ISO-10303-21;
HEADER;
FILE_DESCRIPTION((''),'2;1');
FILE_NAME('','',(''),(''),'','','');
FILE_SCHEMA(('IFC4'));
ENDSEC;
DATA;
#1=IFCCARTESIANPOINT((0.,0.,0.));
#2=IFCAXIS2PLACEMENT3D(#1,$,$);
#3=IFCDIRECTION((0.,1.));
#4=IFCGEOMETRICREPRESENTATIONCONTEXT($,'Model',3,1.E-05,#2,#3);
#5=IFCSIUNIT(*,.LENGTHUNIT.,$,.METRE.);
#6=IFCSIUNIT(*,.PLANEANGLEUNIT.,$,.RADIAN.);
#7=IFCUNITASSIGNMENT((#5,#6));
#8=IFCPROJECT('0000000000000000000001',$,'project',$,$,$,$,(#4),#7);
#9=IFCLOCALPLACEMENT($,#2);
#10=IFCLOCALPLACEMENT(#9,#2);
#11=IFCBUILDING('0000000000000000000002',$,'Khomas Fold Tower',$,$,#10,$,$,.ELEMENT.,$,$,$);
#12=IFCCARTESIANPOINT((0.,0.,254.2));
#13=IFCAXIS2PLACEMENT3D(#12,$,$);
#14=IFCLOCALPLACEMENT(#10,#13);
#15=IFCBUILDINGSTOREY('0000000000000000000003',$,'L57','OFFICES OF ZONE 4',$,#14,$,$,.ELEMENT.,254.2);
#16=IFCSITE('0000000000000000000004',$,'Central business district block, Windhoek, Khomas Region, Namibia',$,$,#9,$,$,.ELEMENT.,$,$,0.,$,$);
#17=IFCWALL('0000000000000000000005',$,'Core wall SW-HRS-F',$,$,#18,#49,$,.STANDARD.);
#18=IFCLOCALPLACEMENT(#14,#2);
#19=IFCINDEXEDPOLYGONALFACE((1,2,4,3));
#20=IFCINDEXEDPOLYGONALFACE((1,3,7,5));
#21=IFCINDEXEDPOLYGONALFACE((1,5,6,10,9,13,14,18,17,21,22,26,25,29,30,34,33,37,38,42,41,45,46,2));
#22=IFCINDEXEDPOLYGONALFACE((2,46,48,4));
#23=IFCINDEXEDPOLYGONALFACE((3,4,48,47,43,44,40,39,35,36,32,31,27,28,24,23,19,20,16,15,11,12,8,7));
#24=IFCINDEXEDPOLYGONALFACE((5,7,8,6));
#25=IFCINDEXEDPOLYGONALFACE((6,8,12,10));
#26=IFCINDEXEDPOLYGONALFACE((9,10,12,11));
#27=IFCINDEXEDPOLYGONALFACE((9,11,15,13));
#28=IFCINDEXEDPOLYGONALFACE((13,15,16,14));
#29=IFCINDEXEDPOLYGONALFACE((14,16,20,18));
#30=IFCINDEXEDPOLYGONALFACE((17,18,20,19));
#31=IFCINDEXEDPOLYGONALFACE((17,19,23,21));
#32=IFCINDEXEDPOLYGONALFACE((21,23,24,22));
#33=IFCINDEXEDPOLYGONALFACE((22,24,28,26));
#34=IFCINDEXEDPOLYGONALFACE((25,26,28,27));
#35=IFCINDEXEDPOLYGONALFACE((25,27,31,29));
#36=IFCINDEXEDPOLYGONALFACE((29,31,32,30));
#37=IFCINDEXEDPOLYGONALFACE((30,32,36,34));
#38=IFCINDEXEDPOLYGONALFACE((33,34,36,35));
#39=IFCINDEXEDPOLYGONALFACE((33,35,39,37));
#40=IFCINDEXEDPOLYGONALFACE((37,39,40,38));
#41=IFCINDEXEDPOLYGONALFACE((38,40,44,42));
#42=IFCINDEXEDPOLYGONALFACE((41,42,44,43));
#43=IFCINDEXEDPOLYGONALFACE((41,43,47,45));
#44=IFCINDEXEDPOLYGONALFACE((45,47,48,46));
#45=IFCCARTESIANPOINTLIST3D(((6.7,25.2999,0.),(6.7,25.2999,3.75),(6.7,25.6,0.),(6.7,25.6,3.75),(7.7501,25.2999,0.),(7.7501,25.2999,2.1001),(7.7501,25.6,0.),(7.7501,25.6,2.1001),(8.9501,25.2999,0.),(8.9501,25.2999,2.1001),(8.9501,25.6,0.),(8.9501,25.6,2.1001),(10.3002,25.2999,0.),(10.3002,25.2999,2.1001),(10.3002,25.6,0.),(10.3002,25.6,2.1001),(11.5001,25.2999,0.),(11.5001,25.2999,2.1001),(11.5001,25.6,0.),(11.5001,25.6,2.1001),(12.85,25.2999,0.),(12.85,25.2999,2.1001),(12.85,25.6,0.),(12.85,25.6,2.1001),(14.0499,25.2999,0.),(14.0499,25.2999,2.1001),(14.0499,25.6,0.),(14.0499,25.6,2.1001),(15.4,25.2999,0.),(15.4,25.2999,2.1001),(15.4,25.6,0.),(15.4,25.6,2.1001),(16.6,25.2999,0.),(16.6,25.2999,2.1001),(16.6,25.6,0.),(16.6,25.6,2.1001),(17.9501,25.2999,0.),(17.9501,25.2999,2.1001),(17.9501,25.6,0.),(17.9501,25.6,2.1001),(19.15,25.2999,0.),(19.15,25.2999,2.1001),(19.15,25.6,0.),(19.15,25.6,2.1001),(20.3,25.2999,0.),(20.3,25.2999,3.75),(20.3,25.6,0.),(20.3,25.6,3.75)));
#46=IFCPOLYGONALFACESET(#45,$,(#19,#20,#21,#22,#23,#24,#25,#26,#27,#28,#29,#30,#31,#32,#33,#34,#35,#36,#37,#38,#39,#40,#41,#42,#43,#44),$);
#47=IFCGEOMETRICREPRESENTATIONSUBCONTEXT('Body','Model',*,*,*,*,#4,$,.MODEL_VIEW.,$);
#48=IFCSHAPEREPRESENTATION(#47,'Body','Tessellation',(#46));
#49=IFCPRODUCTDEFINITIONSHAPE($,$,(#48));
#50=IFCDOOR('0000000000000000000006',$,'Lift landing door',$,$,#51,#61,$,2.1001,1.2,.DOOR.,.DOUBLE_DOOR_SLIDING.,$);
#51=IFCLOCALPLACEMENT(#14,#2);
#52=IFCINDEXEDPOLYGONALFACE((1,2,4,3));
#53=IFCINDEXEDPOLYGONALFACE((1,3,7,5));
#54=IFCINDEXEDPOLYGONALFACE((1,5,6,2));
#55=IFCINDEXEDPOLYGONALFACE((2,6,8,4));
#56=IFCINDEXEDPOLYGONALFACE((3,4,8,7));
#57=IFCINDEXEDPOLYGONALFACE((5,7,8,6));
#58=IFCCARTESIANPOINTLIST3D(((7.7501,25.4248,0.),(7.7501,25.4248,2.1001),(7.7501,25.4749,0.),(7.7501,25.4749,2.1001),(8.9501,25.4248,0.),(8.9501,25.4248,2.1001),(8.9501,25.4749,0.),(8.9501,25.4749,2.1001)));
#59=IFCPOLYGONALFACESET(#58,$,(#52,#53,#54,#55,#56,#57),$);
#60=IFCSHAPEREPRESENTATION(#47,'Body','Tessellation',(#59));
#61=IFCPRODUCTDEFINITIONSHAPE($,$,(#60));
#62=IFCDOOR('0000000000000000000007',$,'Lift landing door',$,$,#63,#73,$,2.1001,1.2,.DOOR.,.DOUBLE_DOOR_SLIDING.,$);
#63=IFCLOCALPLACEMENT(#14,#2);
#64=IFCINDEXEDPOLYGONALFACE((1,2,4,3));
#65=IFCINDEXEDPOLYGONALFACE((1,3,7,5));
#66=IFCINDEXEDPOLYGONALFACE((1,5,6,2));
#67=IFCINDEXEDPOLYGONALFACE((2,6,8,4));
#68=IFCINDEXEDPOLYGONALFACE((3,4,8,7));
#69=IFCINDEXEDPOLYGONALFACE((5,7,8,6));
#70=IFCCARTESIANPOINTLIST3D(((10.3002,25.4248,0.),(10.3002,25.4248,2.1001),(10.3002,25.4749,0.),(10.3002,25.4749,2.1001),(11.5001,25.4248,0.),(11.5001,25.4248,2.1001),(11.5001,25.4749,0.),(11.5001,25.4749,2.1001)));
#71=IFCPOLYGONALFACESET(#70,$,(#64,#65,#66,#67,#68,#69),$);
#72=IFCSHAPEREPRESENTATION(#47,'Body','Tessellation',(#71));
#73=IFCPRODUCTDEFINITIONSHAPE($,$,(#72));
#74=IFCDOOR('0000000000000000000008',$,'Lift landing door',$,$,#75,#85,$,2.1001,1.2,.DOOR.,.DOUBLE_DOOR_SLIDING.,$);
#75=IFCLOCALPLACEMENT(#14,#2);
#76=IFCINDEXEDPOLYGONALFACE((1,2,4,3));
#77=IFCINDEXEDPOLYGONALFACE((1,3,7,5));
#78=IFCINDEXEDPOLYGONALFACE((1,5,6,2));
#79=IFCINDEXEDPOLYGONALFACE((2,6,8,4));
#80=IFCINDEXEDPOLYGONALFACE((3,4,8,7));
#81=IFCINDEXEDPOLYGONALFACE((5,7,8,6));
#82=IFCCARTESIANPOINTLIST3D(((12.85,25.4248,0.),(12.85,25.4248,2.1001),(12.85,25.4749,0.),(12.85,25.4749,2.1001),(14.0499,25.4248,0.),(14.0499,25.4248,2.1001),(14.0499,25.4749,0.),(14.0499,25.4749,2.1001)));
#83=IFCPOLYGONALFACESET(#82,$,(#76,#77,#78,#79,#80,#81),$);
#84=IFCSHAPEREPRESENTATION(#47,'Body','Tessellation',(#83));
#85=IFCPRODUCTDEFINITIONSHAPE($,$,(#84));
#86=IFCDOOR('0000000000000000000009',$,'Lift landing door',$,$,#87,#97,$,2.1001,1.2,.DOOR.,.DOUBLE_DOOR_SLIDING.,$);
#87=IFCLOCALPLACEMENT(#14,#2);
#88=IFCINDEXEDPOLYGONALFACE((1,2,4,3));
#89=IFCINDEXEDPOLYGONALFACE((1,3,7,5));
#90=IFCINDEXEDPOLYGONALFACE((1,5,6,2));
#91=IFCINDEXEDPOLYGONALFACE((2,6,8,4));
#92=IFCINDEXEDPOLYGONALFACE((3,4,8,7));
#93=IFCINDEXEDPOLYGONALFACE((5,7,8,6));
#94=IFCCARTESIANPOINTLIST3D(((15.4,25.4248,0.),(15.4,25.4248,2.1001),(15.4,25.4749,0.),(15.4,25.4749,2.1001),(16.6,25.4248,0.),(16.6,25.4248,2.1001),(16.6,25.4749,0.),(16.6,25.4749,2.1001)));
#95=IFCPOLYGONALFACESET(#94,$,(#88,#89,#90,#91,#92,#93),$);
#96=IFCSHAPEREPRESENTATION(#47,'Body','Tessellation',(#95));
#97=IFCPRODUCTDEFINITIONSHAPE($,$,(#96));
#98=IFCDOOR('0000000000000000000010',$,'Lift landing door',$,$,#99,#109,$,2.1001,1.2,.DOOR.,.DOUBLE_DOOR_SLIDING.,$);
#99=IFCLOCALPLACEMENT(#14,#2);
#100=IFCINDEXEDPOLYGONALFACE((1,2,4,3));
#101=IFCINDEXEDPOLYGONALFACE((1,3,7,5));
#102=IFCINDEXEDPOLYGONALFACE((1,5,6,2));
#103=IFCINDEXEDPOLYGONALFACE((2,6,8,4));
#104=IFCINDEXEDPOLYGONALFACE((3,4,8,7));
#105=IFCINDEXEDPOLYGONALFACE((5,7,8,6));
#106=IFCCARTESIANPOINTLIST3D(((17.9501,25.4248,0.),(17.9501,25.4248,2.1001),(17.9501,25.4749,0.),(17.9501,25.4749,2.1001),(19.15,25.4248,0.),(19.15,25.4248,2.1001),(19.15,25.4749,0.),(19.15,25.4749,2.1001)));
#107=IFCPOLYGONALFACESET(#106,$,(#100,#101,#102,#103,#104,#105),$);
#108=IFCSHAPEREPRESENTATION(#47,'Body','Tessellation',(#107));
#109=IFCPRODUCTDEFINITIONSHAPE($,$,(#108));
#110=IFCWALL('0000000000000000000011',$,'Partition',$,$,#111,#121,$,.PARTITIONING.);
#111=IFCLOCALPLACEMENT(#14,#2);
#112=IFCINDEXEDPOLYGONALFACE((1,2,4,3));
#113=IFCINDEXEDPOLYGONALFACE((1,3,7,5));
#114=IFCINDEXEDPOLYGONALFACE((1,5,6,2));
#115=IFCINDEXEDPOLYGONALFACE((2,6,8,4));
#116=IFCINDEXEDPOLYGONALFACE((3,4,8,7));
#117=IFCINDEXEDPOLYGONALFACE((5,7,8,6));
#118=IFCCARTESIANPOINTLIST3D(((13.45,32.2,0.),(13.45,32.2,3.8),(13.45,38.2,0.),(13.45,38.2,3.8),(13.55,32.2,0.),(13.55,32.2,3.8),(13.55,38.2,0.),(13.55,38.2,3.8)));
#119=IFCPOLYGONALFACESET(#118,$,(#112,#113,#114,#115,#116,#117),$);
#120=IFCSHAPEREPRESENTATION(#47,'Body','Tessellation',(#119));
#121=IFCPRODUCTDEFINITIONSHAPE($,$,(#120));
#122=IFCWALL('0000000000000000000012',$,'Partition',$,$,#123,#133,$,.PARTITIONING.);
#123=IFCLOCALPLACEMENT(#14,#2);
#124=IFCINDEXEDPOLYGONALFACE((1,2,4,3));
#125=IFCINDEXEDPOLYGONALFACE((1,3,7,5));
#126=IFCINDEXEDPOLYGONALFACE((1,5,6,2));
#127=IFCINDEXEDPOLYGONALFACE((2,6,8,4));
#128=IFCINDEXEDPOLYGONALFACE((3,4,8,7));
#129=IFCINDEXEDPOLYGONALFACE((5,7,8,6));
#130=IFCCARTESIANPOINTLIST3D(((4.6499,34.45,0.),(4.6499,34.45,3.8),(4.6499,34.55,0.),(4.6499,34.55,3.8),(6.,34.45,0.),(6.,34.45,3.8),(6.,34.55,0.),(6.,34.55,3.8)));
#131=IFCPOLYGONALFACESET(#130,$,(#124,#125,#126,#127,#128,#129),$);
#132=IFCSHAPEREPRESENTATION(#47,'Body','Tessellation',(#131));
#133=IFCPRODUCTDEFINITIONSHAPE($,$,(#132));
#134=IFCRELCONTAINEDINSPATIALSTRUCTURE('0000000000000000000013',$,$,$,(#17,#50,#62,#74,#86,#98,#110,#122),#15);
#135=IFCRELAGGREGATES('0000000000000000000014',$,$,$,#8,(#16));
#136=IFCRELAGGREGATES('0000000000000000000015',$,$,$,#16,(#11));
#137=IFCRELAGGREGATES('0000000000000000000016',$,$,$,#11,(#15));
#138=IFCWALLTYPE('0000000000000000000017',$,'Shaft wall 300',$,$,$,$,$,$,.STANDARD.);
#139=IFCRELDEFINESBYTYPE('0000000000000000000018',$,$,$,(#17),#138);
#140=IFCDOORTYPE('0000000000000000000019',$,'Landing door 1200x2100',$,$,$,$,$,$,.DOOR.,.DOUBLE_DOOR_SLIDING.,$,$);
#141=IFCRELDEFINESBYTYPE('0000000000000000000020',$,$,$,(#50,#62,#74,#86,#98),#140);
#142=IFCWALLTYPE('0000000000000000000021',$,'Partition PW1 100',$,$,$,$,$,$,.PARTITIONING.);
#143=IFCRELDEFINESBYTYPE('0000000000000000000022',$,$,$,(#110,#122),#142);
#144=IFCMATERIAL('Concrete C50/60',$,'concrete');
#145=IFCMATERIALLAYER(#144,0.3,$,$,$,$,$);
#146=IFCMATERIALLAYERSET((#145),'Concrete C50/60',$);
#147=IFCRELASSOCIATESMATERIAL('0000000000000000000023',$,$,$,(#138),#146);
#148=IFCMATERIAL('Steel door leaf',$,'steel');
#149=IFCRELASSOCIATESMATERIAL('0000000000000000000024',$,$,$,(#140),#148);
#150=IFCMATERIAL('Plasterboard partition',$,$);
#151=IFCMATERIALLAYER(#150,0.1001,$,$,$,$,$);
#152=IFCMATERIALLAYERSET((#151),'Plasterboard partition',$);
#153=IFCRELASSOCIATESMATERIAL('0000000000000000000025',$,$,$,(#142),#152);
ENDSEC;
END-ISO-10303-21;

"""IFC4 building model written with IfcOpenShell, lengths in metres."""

from ifc_helpers import new_model, si_unit, direction, frame, frame_2d, origin, place, context, subcontext, project, spatial, rectangle, extrude, source, transform, mapped, material, layer, layer_set, type_object, element, fill, save


model = new_model("IFC4")

# Units and contexts
model_context = context("Model", 3, precision=1e-05, world=origin(), true_north=direction((0.0, 1.0)))
body_context = subcontext(model_context, "Body", "Model", "MODEL_VIEW")
ifc_project = project(units=[si_unit("LENGTHUNIT", "METRE"), si_unit("PLANEANGLEUNIT", "RADIAN")], contexts=[model_context])

# Site, building, storey
site_placement = place(None, origin())
site = spatial("IfcSite", under=ifc_project, at=site_placement, Name="Central business district block, Windhoek, Khomas Region, Namibia", CompositionType="ELEMENT", RefElevation=0.0)
building_placement = place(site_placement, origin())
building = spatial("IfcBuilding", under=site, at=building_placement, Name="Khomas Fold Tower", CompositionType="ELEMENT")
storey_placement = place(building_placement, frame((0.0, 0.0, 254.2)))
storey = spatial("IfcBuildingStorey", under=building, at=storey_placement, Name="L57", Description="OFFICES OF ZONE 4", CompositionType="ELEMENT", Elevation=254.2)

# Shared definitions
ifc_material_1 = material(Name="Concrete C50/60", Category="concrete")
ifc_layer_1 = layer(ifc_material_1, 0.3)
ifc_layer_set_1 = layer_set([ifc_layer_1], Name="Concrete C50/60")
wall_type_1 = type_object("IfcWallType", Name="Shaft wall 300", PredefinedType="STANDARD", material=ifc_layer_set_1)
shared_shape_1 = source(origin(), body_context, "Body", "SweptSolid", [
    extrude(rectangle(XDim=13.6001, YDim=0.3, at=frame_2d((6.8, 0.0))), origin(), (0.0, 0.0, 1.0), 3.75),
])

# Wall, openings, doors
shared_shape_2 = source(origin(), body_context, "Body", "SweptSolid", [
    extrude(rectangle(XDim=1.2, YDim=2.1001, at=frame_2d((0.6001, 1.05))), frame((0.0, 0.1599, 0.0), z_axis=(0.0, -1.0, 0.0), x_axis=(1.0, 0.0, 0.0)), (0.0, 0.0, 1.0), 0.3201),
])
ifc_material_2 = material(Name="Steel door leaf", Category="steel")
door_type = type_object("IfcDoorType", Name="Landing door 1200x2100", OperationType="DOUBLE_DOOR_SLIDING", PredefinedType="DOOR", material=ifc_material_2)
shared_shape_3 = source(origin(), body_context, "Body", "SweptSolid", [
    extrude(rectangle(XDim=1.2, YDim=2.1001, at=frame_2d((0.6001, 1.05))), frame((0.0, 0.0249, 0.0), z_axis=(0.0, -1.0, 0.0), x_axis=(1.0, 0.0, 0.0)), (0.0, 0.0, 1.0), 0.05),
])
wall_1_placement = place(storey_placement, frame((6.7, 25.45, 0.0), z_axis=(0.0, 0.0, 1.0), x_axis=(1.0, 0.0, 0.0)))
wall_1 = element("IfcWall", 1, at=wall_1_placement, inside=storey, type_object=wall_type_1, Name="Core wall SW-HRS-F", PredefinedType="STANDARD", context=body_context, shape_type="MappedRepresentation", body=[
    mapped(shared_shape_1, transform((0.0, 0.0, 0.0))),
])
opening_1_placement = place(wall_1_placement, frame((1.05, 0.0, 0.0)))
opening_1 = element("IfcOpeningElement", 2, at=opening_1_placement, cuts=wall_1, PredefinedType="OPENING", context=body_context, shape_type="MappedRepresentation", body=[
    mapped(shared_shape_2, transform((0.0, 0.0, 0.0))),
])
opening_2_placement = place(wall_1_placement, frame((3.6001, 0.0, 0.0)))
opening_2 = element("IfcOpeningElement", 3, at=opening_2_placement, cuts=wall_1, PredefinedType="OPENING", context=body_context, shape_type="MappedRepresentation", body=[
    mapped(shared_shape_2, transform((0.0, 0.0, 0.0))),
])
opening_3_placement = place(wall_1_placement, frame((6.1499, 0.0, 0.0)))
opening_3 = element("IfcOpeningElement", 4, at=opening_3_placement, cuts=wall_1, PredefinedType="OPENING", context=body_context, shape_type="MappedRepresentation", body=[
    mapped(shared_shape_2, transform((0.0, 0.0, 0.0))),
])
opening_4_placement = place(wall_1_placement, frame((8.7, 0.0, 0.0)))
opening_4 = element("IfcOpeningElement", 5, at=opening_4_placement, cuts=wall_1, PredefinedType="OPENING", context=body_context, shape_type="MappedRepresentation", body=[
    mapped(shared_shape_2, transform((0.0, 0.0, 0.0))),
])
opening_5_placement = place(wall_1_placement, frame((11.25, 0.0, 0.0)))
opening_5 = element("IfcOpeningElement", 6, at=opening_5_placement, cuts=wall_1, PredefinedType="OPENING", context=body_context, shape_type="MappedRepresentation", body=[
    mapped(shared_shape_2, transform((0.0, 0.0, 0.0))),
])
door_1_placement = place(opening_1_placement, origin())
door_1 = element("IfcDoor", 7, at=door_1_placement, inside=storey, type_object=door_type, Name="Lift landing door", OperationType="DOUBLE_DOOR_SLIDING", OverallHeight=2.1001, OverallWidth=1.2, PredefinedType="DOOR", context=body_context, shape_type="MappedRepresentation", body=[
    mapped(shared_shape_3, transform((0.0, 0.0, 0.0))),
])
fill(opening_1, door_1)
door_2_placement = place(opening_2_placement, origin())
door_2 = element("IfcDoor", 8, at=door_2_placement, inside=storey, type_object=door_type, Name="Lift landing door", OperationType="DOUBLE_DOOR_SLIDING", OverallHeight=2.1001, OverallWidth=1.2, PredefinedType="DOOR", context=body_context, shape_type="MappedRepresentation", body=[
    mapped(shared_shape_3, transform((0.0, 0.0, 0.0))),
])
fill(opening_2, door_2)
door_3_placement = place(opening_3_placement, origin())
door_3 = element("IfcDoor", 9, at=door_3_placement, inside=storey, type_object=door_type, Name="Lift landing door", OperationType="DOUBLE_DOOR_SLIDING", OverallHeight=2.1001, OverallWidth=1.2, PredefinedType="DOOR", context=body_context, shape_type="MappedRepresentation", body=[
    mapped(shared_shape_3, transform((0.0, 0.0, 0.0))),
])
fill(opening_3, door_3)
door_4_placement = place(opening_4_placement, origin())
door_4 = element("IfcDoor", 10, at=door_4_placement, inside=storey, type_object=door_type, Name="Lift landing door", OperationType="DOUBLE_DOOR_SLIDING", OverallHeight=2.1001, OverallWidth=1.2, PredefinedType="DOOR", context=body_context, shape_type="MappedRepresentation", body=[
    mapped(shared_shape_3, transform((0.0, 0.0, 0.0))),
])
fill(opening_4, door_4)
door_5_placement = place(opening_5_placement, origin())
door_5 = element("IfcDoor", 11, at=door_5_placement, inside=storey, type_object=door_type, Name="Lift landing door", OperationType="DOUBLE_DOOR_SLIDING", OverallHeight=2.1001, OverallWidth=1.2, PredefinedType="DOOR", context=body_context, shape_type="MappedRepresentation", body=[
    mapped(shared_shape_3, transform((0.0, 0.0, 0.0))),
])
fill(opening_5, door_5)

# Walls
ifc_material_3 = material(Name="Plasterboard partition")
ifc_layer_2 = layer(ifc_material_3, 0.1001)
ifc_layer_set_2 = layer_set([ifc_layer_2], Name="Plasterboard partition")
wall_type_2 = type_object("IfcWallType", Name="Partition PW1 100", PredefinedType="PARTITIONING", material=ifc_layer_set_2)
shared_shape_4 = source(origin(), body_context, "Body", "SweptSolid", [
    extrude(rectangle(XDim=6.0, YDim=0.1001, at=frame_2d((3.0, 0.0))), origin(), (0.0, 0.0, 1.0), 3.8),
])
wall_2_placement = place(storey_placement, frame((13.5, 32.2, 0.0), z_axis=(0.0, 0.0, 1.0), x_axis=(0.0, 1.0, 0.0)))
element("IfcWall", 12, at=wall_2_placement, inside=storey, type_object=wall_type_2, Name="Partition", PredefinedType="PARTITIONING", context=body_context, shape_type="MappedRepresentation", body=[
    mapped(shared_shape_4, transform((0.0, 0.0, 0.0))),
])
shared_shape_5 = source(origin(), body_context, "Body", "SweptSolid", [
    extrude(rectangle(XDim=1.3501, YDim=0.1001, at=frame_2d((0.675, 0.0))), origin(), (0.0, 0.0, 1.0), 3.8),
])
wall_3_placement = place(storey_placement, frame((4.6499, 34.5, 0.0), z_axis=(0.0, 0.0, 1.0), x_axis=(1.0, 0.0, 0.0)))
element("IfcWall", 13, at=wall_3_placement, inside=storey, type_object=wall_type_2, Name="Partition", PredefinedType="PARTITIONING", context=body_context, shape_type="MappedRepresentation", body=[
    mapped(shared_shape_5, transform((0.0, 0.0, 0.0))),
])

save(model, "model.ifc")
